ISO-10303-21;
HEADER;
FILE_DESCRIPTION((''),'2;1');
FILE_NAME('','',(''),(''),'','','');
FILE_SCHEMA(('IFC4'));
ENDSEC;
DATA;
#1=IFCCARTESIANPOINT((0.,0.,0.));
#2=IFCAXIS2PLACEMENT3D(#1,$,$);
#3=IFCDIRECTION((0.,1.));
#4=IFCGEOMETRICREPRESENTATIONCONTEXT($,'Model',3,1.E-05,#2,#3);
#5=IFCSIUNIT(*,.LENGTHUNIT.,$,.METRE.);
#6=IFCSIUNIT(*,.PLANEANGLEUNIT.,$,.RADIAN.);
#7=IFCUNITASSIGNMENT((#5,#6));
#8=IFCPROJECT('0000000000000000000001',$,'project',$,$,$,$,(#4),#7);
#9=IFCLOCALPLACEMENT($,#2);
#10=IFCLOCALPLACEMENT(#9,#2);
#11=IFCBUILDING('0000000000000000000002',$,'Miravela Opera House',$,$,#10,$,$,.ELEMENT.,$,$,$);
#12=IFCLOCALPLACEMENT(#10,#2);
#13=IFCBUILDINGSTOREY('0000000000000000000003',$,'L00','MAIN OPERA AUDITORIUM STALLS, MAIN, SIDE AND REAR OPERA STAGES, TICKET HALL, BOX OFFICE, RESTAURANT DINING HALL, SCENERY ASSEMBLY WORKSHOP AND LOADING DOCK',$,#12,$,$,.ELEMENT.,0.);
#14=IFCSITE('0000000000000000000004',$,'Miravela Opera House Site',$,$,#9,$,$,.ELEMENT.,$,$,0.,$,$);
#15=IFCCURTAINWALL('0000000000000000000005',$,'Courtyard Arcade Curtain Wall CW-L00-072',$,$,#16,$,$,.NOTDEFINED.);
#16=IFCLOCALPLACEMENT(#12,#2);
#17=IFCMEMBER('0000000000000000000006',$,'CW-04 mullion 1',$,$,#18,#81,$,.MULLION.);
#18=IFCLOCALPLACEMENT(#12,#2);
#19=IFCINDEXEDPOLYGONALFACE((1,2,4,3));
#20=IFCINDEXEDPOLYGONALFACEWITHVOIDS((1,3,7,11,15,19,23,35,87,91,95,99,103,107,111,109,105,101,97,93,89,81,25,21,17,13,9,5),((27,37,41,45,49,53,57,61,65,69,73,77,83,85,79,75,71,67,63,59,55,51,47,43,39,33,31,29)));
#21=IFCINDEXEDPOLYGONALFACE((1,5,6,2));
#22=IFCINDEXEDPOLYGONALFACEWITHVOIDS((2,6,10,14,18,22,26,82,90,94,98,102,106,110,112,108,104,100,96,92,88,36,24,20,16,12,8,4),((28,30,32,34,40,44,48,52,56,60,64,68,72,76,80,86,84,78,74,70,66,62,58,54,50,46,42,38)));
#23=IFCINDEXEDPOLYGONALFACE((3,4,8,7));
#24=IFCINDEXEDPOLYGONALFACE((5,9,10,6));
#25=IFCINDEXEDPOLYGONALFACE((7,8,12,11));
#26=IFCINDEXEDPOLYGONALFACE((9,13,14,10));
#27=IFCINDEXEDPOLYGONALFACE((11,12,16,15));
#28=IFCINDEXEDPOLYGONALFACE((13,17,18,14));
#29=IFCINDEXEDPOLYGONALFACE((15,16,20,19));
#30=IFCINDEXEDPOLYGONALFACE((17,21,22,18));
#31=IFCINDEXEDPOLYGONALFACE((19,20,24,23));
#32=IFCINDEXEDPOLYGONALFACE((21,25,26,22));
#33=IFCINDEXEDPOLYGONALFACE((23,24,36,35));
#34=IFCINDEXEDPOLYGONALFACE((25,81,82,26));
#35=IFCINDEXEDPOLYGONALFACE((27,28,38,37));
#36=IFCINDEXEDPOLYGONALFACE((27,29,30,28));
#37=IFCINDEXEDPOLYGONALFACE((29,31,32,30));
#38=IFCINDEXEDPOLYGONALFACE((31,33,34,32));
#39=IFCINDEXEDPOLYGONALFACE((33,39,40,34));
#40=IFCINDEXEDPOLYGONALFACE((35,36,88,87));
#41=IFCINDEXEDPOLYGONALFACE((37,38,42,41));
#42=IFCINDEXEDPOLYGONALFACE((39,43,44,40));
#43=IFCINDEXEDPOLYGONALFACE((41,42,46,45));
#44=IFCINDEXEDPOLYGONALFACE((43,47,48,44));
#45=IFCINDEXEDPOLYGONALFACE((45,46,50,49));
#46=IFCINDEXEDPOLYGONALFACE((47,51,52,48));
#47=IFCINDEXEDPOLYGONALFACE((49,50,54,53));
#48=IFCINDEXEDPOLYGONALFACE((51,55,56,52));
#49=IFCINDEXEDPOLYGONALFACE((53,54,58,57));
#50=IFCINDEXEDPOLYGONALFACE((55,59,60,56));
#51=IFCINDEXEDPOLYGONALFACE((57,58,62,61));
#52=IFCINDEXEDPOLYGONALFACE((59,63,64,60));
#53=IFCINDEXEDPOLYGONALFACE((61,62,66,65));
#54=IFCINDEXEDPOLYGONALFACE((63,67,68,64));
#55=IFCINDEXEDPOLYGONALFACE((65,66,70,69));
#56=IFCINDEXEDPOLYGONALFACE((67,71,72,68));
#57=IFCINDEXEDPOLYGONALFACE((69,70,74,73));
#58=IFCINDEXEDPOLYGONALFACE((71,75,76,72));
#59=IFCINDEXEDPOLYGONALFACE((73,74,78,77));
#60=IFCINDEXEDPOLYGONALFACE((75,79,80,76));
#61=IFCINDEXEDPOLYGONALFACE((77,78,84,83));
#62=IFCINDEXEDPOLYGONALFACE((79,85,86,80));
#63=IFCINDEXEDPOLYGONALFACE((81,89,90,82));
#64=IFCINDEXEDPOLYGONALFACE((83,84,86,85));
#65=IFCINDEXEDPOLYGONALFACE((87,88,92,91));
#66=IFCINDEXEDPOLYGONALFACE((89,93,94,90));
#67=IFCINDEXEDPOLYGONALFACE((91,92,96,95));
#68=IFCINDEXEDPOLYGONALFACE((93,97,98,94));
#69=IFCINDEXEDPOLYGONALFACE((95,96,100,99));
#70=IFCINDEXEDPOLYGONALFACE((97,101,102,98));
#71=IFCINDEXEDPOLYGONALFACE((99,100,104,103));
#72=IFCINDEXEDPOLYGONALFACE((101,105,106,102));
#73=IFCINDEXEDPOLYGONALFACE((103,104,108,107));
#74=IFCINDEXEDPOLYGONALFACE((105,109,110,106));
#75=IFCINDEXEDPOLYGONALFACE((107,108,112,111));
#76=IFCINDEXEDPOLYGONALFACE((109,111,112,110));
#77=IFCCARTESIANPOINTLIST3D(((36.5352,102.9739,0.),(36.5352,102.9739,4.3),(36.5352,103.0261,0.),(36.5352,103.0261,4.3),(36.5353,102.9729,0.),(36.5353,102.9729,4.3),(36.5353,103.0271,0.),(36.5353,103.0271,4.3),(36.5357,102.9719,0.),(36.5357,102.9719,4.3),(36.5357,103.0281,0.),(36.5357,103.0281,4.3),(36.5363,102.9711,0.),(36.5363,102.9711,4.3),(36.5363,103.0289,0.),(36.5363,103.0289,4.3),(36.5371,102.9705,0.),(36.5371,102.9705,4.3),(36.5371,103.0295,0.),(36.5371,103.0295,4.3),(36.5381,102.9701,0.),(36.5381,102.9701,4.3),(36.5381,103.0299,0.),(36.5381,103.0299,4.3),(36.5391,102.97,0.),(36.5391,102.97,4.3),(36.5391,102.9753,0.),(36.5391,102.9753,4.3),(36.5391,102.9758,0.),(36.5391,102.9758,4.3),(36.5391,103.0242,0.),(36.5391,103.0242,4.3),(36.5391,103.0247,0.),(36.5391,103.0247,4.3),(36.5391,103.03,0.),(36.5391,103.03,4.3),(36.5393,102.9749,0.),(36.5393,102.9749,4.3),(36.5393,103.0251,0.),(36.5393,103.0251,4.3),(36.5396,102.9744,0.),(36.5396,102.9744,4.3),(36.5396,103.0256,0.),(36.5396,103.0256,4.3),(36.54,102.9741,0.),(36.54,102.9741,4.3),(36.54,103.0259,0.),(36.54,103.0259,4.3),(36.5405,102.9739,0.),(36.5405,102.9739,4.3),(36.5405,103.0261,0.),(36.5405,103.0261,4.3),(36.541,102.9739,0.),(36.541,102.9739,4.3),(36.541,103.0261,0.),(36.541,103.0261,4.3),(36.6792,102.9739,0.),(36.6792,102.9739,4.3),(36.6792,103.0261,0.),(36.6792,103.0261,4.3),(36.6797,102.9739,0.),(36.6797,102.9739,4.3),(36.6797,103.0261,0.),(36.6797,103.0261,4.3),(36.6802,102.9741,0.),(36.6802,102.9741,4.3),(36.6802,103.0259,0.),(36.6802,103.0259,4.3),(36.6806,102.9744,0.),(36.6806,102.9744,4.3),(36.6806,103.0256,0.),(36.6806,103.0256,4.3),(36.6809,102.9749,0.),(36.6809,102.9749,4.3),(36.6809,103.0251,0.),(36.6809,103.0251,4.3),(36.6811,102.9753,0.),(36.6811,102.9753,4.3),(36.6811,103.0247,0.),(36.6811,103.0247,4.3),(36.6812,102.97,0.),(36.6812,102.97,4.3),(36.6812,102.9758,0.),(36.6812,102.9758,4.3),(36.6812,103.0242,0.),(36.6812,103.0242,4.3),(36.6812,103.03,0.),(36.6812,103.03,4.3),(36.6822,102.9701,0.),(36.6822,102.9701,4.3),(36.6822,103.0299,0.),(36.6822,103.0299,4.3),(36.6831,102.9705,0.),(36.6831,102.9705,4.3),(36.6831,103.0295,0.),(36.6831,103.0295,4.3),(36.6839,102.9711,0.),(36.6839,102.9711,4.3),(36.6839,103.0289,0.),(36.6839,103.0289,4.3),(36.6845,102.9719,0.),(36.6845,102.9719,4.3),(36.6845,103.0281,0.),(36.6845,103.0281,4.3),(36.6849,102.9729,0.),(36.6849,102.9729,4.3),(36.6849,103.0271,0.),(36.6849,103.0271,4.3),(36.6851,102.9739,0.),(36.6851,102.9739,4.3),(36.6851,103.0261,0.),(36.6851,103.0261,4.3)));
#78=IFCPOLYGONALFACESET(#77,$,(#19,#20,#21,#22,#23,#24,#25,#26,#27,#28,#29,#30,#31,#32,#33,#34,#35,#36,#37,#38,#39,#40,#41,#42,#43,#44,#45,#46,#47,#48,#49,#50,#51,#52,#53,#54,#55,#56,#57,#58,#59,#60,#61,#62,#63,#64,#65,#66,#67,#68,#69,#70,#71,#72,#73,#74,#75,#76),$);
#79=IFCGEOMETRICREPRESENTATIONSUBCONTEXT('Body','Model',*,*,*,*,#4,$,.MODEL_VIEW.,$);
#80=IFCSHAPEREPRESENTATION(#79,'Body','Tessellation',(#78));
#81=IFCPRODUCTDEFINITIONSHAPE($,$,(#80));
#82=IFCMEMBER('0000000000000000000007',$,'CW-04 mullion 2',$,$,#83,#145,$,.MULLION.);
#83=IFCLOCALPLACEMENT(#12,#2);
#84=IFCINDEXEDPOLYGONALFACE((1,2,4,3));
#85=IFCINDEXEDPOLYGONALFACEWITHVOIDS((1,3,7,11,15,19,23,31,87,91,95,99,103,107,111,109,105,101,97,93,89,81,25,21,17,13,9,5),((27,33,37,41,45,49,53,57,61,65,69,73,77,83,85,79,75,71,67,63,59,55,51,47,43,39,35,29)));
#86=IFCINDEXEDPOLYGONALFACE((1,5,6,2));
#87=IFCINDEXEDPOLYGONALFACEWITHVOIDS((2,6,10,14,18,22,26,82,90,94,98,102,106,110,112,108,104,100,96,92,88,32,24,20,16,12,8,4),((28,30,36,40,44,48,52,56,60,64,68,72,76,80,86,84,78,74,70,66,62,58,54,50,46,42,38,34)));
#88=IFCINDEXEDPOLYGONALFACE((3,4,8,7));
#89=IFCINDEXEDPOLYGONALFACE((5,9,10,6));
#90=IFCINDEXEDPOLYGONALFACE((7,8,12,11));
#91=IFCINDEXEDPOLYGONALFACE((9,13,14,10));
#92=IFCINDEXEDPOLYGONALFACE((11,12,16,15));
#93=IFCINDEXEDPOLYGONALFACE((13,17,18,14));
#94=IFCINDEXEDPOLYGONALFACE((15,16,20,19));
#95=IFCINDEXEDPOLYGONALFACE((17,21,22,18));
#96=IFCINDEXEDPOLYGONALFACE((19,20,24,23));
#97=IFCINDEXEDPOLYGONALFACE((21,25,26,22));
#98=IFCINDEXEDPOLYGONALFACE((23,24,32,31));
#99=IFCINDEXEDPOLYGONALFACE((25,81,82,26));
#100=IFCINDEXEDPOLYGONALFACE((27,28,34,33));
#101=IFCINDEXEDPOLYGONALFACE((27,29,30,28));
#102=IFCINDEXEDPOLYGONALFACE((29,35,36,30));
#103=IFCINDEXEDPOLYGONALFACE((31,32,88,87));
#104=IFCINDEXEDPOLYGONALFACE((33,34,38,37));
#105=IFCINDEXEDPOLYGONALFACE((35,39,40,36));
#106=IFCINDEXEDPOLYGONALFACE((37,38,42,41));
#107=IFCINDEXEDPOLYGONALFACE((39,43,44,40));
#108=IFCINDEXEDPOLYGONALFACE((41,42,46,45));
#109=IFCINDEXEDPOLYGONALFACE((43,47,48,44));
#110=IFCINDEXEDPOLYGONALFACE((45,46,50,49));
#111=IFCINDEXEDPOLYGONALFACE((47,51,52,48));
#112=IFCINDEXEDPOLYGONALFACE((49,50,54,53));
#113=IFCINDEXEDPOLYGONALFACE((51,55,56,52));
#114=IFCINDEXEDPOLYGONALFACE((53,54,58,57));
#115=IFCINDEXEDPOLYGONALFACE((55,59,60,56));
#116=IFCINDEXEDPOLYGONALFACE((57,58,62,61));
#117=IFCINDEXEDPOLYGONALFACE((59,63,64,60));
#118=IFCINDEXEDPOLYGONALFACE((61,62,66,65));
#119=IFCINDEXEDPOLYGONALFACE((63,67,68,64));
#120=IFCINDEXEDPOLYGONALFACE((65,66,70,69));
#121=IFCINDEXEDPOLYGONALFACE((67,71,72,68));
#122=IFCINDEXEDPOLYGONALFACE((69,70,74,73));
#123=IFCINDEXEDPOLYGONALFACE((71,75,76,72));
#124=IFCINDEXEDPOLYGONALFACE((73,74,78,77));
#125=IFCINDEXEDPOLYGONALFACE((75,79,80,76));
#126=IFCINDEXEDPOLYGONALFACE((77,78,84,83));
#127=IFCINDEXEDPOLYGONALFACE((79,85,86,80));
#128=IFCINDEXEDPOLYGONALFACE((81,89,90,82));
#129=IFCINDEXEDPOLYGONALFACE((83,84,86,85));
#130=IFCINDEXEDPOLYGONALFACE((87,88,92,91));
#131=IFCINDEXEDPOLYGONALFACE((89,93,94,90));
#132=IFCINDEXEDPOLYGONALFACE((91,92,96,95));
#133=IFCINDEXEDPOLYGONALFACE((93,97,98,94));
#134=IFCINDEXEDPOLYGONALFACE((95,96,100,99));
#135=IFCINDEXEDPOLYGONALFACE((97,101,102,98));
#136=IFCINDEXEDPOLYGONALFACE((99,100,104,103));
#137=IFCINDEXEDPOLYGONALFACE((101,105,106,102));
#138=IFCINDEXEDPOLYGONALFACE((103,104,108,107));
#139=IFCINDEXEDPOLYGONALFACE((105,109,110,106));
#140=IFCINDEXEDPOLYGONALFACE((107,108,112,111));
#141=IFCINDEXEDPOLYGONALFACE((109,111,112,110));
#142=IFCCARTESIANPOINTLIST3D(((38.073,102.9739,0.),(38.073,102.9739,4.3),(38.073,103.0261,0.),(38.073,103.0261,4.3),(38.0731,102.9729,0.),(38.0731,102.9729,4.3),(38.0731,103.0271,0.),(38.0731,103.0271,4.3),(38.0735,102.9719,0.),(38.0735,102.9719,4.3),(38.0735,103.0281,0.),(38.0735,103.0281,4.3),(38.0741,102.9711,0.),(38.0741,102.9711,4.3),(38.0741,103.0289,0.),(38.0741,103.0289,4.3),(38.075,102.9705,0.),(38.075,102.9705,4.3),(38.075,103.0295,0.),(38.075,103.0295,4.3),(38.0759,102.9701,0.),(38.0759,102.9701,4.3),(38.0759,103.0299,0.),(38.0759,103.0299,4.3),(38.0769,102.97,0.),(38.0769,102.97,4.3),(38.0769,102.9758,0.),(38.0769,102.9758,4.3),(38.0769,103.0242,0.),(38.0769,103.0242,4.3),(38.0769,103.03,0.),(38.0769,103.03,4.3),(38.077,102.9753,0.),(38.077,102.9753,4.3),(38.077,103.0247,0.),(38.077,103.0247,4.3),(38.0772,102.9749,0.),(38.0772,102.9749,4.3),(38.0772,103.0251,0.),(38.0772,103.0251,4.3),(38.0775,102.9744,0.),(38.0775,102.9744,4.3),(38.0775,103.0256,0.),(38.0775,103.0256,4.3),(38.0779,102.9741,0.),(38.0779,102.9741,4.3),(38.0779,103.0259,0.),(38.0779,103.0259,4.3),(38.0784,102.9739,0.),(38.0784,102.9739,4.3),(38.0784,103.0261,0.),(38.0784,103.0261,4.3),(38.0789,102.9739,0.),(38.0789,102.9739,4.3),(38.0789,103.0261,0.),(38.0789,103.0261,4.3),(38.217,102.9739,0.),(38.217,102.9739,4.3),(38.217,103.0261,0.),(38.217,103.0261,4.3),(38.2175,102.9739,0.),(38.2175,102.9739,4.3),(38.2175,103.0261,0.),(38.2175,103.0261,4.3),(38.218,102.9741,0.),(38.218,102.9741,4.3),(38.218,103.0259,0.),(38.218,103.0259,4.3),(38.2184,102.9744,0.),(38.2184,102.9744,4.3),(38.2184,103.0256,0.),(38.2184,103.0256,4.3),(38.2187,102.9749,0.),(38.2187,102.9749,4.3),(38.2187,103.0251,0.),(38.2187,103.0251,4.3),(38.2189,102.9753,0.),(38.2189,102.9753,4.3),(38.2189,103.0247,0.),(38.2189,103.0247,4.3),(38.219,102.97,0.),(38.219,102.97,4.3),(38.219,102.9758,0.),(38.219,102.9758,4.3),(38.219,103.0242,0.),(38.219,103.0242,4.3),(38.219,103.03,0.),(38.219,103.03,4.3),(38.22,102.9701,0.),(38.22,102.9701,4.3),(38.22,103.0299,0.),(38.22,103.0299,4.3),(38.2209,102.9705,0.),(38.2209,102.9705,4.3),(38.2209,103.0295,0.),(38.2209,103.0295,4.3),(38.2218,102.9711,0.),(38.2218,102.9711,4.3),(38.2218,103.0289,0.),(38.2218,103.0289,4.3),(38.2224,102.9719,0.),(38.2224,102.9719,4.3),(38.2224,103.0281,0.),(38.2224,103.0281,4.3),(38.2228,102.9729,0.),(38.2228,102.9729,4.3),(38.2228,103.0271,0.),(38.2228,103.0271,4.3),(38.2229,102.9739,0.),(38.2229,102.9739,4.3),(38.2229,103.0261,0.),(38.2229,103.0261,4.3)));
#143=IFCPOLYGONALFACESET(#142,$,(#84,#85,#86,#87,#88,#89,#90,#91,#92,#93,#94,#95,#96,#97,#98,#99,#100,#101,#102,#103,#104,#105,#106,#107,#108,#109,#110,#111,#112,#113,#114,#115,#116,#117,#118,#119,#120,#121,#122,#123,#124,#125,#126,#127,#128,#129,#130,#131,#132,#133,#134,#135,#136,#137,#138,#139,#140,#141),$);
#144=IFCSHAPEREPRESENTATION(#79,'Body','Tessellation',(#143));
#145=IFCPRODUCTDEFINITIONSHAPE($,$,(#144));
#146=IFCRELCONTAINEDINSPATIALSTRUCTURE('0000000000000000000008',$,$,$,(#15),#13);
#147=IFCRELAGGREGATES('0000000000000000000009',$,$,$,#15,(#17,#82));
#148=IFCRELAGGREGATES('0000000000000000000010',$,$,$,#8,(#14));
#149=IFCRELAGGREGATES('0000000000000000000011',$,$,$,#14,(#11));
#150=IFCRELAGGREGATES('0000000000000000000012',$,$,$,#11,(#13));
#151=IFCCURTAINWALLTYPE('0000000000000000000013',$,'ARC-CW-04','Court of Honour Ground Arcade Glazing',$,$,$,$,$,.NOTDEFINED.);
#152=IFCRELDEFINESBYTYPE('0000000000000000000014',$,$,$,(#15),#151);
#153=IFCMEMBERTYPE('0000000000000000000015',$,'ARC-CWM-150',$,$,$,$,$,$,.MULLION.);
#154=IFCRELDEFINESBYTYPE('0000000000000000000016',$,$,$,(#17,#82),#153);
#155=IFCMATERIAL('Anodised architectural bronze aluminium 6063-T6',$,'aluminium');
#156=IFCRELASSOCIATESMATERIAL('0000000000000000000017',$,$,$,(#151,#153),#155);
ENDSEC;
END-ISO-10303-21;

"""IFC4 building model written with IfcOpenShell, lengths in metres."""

from ifc_helpers import new_model, si_unit, direction, frame, origin, origin_2d, place, context, subcontext, project, spatial, hollow_rectangle, extrude, material, material_profile, profile_set, type_object, element, aggregate, save


model = new_model("IFC4")

# Units and contexts
model_context = context("Model", 3, precision=1e-05, world=origin(), true_north=direction((0.0, 1.0)))
body_context = subcontext(model_context, "Body", "Model", "MODEL_VIEW")
ifc_project = project(units=[si_unit("LENGTHUNIT", "METRE"), si_unit("PLANEANGLEUNIT", "RADIAN")], contexts=[model_context])

# Site, building, storey
site_placement = place(None, origin())
site = spatial("IfcSite", under=ifc_project, at=site_placement, Name="Miravela Opera House Site", CompositionType="ELEMENT", RefElevation=0.0)
building_placement = place(site_placement, origin())
building = spatial("IfcBuilding", under=site, at=building_placement, Name="Miravela Opera House", CompositionType="ELEMENT")
storey_placement = place(building_placement, origin())
storey = spatial("IfcBuildingStorey", under=building, at=storey_placement, Name="L00", Description="MAIN OPERA AUDITORIUM STALLS, MAIN, SIDE AND REAR OPERA STAGES, TICKET HALL, BOX OFFICE, RESTAURANT DINING HALL, SCENERY ASSEMBLY WORKSHOP AND LOADING DOCK", CompositionType="ELEMENT", Elevation=0.0)

# Curtain wall, members
ifc_material_1 = material(Name="Anodised architectural bronze aluminium 6063-T6", Category="aluminium")
curtain_wall_type = type_object("IfcCurtainWallType", Name="ARC-CW-04", Description="Court of Honour Ground Arcade Glazing", PredefinedType="NOTDEFINED", material=ifc_material_1)
ifc_material_profile_1 = material_profile(ifc_material_1, hollow_rectangle(XDim=0.0601, YDim=0.1499, WallThickness=0.0039, InnerFilletRadius=0.002, OuterFilletRadius=0.0039, at=origin_2d()), Name="CWM-60X150")
ifc_profile_set_1 = profile_set([ifc_material_profile_1])
member_type_1 = type_object("IfcMemberType", Name="ARC-CWM-150", PredefinedType="MULLION", material=ifc_profile_set_1)
curtain_wall_1_placement = place(storey_placement, origin())
curtain_wall_1 = element("IfcCurtainWall", 1, at=curtain_wall_1_placement, inside=storey, type_object=curtain_wall_type, Name="Courtyard Arcade Curtain Wall CW-L00-072", PredefinedType="NOTDEFINED")
member_1_placement = place(storey_placement, frame((36.6101, 103.0, 0.0), z_axis=(0.0, 0.0, 1.0), x_axis=(0.0, 1.0, 0.0)))
member_1 = element("IfcMember", 2, at=member_1_placement, type_object=member_type_1, Name="CW-04 mullion 1", PredefinedType="MULLION", context=body_context, shape_type="SweptSolid", body=[
    extrude(hollow_rectangle(XDim=0.0601, YDim=0.1499, WallThickness=0.0039, InnerFilletRadius=0.002, OuterFilletRadius=0.0039, at=origin_2d()), origin(), (0.0, 0.0, 1.0), 4.3),
])
member_2_placement = place(storey_placement, frame((38.1479, 103.0, 0.0), z_axis=(0.0, 0.0, 1.0), x_axis=(0.0, 1.0, 0.0)))
member_2 = element("IfcMember", 3, at=member_2_placement, type_object=member_type_1, Name="CW-04 mullion 2", PredefinedType="MULLION", context=body_context, shape_type="SweptSolid", body=[
    extrude(hollow_rectangle(XDim=0.0601, YDim=0.1499, WallThickness=0.0039, InnerFilletRadius=0.002, OuterFilletRadius=0.0039, at=origin_2d()), origin(), (0.0, 0.0, 1.0), 4.3),
])

aggregate(curtain_wall_1, [member_1, member_2])

save(model, "model.ifc")
